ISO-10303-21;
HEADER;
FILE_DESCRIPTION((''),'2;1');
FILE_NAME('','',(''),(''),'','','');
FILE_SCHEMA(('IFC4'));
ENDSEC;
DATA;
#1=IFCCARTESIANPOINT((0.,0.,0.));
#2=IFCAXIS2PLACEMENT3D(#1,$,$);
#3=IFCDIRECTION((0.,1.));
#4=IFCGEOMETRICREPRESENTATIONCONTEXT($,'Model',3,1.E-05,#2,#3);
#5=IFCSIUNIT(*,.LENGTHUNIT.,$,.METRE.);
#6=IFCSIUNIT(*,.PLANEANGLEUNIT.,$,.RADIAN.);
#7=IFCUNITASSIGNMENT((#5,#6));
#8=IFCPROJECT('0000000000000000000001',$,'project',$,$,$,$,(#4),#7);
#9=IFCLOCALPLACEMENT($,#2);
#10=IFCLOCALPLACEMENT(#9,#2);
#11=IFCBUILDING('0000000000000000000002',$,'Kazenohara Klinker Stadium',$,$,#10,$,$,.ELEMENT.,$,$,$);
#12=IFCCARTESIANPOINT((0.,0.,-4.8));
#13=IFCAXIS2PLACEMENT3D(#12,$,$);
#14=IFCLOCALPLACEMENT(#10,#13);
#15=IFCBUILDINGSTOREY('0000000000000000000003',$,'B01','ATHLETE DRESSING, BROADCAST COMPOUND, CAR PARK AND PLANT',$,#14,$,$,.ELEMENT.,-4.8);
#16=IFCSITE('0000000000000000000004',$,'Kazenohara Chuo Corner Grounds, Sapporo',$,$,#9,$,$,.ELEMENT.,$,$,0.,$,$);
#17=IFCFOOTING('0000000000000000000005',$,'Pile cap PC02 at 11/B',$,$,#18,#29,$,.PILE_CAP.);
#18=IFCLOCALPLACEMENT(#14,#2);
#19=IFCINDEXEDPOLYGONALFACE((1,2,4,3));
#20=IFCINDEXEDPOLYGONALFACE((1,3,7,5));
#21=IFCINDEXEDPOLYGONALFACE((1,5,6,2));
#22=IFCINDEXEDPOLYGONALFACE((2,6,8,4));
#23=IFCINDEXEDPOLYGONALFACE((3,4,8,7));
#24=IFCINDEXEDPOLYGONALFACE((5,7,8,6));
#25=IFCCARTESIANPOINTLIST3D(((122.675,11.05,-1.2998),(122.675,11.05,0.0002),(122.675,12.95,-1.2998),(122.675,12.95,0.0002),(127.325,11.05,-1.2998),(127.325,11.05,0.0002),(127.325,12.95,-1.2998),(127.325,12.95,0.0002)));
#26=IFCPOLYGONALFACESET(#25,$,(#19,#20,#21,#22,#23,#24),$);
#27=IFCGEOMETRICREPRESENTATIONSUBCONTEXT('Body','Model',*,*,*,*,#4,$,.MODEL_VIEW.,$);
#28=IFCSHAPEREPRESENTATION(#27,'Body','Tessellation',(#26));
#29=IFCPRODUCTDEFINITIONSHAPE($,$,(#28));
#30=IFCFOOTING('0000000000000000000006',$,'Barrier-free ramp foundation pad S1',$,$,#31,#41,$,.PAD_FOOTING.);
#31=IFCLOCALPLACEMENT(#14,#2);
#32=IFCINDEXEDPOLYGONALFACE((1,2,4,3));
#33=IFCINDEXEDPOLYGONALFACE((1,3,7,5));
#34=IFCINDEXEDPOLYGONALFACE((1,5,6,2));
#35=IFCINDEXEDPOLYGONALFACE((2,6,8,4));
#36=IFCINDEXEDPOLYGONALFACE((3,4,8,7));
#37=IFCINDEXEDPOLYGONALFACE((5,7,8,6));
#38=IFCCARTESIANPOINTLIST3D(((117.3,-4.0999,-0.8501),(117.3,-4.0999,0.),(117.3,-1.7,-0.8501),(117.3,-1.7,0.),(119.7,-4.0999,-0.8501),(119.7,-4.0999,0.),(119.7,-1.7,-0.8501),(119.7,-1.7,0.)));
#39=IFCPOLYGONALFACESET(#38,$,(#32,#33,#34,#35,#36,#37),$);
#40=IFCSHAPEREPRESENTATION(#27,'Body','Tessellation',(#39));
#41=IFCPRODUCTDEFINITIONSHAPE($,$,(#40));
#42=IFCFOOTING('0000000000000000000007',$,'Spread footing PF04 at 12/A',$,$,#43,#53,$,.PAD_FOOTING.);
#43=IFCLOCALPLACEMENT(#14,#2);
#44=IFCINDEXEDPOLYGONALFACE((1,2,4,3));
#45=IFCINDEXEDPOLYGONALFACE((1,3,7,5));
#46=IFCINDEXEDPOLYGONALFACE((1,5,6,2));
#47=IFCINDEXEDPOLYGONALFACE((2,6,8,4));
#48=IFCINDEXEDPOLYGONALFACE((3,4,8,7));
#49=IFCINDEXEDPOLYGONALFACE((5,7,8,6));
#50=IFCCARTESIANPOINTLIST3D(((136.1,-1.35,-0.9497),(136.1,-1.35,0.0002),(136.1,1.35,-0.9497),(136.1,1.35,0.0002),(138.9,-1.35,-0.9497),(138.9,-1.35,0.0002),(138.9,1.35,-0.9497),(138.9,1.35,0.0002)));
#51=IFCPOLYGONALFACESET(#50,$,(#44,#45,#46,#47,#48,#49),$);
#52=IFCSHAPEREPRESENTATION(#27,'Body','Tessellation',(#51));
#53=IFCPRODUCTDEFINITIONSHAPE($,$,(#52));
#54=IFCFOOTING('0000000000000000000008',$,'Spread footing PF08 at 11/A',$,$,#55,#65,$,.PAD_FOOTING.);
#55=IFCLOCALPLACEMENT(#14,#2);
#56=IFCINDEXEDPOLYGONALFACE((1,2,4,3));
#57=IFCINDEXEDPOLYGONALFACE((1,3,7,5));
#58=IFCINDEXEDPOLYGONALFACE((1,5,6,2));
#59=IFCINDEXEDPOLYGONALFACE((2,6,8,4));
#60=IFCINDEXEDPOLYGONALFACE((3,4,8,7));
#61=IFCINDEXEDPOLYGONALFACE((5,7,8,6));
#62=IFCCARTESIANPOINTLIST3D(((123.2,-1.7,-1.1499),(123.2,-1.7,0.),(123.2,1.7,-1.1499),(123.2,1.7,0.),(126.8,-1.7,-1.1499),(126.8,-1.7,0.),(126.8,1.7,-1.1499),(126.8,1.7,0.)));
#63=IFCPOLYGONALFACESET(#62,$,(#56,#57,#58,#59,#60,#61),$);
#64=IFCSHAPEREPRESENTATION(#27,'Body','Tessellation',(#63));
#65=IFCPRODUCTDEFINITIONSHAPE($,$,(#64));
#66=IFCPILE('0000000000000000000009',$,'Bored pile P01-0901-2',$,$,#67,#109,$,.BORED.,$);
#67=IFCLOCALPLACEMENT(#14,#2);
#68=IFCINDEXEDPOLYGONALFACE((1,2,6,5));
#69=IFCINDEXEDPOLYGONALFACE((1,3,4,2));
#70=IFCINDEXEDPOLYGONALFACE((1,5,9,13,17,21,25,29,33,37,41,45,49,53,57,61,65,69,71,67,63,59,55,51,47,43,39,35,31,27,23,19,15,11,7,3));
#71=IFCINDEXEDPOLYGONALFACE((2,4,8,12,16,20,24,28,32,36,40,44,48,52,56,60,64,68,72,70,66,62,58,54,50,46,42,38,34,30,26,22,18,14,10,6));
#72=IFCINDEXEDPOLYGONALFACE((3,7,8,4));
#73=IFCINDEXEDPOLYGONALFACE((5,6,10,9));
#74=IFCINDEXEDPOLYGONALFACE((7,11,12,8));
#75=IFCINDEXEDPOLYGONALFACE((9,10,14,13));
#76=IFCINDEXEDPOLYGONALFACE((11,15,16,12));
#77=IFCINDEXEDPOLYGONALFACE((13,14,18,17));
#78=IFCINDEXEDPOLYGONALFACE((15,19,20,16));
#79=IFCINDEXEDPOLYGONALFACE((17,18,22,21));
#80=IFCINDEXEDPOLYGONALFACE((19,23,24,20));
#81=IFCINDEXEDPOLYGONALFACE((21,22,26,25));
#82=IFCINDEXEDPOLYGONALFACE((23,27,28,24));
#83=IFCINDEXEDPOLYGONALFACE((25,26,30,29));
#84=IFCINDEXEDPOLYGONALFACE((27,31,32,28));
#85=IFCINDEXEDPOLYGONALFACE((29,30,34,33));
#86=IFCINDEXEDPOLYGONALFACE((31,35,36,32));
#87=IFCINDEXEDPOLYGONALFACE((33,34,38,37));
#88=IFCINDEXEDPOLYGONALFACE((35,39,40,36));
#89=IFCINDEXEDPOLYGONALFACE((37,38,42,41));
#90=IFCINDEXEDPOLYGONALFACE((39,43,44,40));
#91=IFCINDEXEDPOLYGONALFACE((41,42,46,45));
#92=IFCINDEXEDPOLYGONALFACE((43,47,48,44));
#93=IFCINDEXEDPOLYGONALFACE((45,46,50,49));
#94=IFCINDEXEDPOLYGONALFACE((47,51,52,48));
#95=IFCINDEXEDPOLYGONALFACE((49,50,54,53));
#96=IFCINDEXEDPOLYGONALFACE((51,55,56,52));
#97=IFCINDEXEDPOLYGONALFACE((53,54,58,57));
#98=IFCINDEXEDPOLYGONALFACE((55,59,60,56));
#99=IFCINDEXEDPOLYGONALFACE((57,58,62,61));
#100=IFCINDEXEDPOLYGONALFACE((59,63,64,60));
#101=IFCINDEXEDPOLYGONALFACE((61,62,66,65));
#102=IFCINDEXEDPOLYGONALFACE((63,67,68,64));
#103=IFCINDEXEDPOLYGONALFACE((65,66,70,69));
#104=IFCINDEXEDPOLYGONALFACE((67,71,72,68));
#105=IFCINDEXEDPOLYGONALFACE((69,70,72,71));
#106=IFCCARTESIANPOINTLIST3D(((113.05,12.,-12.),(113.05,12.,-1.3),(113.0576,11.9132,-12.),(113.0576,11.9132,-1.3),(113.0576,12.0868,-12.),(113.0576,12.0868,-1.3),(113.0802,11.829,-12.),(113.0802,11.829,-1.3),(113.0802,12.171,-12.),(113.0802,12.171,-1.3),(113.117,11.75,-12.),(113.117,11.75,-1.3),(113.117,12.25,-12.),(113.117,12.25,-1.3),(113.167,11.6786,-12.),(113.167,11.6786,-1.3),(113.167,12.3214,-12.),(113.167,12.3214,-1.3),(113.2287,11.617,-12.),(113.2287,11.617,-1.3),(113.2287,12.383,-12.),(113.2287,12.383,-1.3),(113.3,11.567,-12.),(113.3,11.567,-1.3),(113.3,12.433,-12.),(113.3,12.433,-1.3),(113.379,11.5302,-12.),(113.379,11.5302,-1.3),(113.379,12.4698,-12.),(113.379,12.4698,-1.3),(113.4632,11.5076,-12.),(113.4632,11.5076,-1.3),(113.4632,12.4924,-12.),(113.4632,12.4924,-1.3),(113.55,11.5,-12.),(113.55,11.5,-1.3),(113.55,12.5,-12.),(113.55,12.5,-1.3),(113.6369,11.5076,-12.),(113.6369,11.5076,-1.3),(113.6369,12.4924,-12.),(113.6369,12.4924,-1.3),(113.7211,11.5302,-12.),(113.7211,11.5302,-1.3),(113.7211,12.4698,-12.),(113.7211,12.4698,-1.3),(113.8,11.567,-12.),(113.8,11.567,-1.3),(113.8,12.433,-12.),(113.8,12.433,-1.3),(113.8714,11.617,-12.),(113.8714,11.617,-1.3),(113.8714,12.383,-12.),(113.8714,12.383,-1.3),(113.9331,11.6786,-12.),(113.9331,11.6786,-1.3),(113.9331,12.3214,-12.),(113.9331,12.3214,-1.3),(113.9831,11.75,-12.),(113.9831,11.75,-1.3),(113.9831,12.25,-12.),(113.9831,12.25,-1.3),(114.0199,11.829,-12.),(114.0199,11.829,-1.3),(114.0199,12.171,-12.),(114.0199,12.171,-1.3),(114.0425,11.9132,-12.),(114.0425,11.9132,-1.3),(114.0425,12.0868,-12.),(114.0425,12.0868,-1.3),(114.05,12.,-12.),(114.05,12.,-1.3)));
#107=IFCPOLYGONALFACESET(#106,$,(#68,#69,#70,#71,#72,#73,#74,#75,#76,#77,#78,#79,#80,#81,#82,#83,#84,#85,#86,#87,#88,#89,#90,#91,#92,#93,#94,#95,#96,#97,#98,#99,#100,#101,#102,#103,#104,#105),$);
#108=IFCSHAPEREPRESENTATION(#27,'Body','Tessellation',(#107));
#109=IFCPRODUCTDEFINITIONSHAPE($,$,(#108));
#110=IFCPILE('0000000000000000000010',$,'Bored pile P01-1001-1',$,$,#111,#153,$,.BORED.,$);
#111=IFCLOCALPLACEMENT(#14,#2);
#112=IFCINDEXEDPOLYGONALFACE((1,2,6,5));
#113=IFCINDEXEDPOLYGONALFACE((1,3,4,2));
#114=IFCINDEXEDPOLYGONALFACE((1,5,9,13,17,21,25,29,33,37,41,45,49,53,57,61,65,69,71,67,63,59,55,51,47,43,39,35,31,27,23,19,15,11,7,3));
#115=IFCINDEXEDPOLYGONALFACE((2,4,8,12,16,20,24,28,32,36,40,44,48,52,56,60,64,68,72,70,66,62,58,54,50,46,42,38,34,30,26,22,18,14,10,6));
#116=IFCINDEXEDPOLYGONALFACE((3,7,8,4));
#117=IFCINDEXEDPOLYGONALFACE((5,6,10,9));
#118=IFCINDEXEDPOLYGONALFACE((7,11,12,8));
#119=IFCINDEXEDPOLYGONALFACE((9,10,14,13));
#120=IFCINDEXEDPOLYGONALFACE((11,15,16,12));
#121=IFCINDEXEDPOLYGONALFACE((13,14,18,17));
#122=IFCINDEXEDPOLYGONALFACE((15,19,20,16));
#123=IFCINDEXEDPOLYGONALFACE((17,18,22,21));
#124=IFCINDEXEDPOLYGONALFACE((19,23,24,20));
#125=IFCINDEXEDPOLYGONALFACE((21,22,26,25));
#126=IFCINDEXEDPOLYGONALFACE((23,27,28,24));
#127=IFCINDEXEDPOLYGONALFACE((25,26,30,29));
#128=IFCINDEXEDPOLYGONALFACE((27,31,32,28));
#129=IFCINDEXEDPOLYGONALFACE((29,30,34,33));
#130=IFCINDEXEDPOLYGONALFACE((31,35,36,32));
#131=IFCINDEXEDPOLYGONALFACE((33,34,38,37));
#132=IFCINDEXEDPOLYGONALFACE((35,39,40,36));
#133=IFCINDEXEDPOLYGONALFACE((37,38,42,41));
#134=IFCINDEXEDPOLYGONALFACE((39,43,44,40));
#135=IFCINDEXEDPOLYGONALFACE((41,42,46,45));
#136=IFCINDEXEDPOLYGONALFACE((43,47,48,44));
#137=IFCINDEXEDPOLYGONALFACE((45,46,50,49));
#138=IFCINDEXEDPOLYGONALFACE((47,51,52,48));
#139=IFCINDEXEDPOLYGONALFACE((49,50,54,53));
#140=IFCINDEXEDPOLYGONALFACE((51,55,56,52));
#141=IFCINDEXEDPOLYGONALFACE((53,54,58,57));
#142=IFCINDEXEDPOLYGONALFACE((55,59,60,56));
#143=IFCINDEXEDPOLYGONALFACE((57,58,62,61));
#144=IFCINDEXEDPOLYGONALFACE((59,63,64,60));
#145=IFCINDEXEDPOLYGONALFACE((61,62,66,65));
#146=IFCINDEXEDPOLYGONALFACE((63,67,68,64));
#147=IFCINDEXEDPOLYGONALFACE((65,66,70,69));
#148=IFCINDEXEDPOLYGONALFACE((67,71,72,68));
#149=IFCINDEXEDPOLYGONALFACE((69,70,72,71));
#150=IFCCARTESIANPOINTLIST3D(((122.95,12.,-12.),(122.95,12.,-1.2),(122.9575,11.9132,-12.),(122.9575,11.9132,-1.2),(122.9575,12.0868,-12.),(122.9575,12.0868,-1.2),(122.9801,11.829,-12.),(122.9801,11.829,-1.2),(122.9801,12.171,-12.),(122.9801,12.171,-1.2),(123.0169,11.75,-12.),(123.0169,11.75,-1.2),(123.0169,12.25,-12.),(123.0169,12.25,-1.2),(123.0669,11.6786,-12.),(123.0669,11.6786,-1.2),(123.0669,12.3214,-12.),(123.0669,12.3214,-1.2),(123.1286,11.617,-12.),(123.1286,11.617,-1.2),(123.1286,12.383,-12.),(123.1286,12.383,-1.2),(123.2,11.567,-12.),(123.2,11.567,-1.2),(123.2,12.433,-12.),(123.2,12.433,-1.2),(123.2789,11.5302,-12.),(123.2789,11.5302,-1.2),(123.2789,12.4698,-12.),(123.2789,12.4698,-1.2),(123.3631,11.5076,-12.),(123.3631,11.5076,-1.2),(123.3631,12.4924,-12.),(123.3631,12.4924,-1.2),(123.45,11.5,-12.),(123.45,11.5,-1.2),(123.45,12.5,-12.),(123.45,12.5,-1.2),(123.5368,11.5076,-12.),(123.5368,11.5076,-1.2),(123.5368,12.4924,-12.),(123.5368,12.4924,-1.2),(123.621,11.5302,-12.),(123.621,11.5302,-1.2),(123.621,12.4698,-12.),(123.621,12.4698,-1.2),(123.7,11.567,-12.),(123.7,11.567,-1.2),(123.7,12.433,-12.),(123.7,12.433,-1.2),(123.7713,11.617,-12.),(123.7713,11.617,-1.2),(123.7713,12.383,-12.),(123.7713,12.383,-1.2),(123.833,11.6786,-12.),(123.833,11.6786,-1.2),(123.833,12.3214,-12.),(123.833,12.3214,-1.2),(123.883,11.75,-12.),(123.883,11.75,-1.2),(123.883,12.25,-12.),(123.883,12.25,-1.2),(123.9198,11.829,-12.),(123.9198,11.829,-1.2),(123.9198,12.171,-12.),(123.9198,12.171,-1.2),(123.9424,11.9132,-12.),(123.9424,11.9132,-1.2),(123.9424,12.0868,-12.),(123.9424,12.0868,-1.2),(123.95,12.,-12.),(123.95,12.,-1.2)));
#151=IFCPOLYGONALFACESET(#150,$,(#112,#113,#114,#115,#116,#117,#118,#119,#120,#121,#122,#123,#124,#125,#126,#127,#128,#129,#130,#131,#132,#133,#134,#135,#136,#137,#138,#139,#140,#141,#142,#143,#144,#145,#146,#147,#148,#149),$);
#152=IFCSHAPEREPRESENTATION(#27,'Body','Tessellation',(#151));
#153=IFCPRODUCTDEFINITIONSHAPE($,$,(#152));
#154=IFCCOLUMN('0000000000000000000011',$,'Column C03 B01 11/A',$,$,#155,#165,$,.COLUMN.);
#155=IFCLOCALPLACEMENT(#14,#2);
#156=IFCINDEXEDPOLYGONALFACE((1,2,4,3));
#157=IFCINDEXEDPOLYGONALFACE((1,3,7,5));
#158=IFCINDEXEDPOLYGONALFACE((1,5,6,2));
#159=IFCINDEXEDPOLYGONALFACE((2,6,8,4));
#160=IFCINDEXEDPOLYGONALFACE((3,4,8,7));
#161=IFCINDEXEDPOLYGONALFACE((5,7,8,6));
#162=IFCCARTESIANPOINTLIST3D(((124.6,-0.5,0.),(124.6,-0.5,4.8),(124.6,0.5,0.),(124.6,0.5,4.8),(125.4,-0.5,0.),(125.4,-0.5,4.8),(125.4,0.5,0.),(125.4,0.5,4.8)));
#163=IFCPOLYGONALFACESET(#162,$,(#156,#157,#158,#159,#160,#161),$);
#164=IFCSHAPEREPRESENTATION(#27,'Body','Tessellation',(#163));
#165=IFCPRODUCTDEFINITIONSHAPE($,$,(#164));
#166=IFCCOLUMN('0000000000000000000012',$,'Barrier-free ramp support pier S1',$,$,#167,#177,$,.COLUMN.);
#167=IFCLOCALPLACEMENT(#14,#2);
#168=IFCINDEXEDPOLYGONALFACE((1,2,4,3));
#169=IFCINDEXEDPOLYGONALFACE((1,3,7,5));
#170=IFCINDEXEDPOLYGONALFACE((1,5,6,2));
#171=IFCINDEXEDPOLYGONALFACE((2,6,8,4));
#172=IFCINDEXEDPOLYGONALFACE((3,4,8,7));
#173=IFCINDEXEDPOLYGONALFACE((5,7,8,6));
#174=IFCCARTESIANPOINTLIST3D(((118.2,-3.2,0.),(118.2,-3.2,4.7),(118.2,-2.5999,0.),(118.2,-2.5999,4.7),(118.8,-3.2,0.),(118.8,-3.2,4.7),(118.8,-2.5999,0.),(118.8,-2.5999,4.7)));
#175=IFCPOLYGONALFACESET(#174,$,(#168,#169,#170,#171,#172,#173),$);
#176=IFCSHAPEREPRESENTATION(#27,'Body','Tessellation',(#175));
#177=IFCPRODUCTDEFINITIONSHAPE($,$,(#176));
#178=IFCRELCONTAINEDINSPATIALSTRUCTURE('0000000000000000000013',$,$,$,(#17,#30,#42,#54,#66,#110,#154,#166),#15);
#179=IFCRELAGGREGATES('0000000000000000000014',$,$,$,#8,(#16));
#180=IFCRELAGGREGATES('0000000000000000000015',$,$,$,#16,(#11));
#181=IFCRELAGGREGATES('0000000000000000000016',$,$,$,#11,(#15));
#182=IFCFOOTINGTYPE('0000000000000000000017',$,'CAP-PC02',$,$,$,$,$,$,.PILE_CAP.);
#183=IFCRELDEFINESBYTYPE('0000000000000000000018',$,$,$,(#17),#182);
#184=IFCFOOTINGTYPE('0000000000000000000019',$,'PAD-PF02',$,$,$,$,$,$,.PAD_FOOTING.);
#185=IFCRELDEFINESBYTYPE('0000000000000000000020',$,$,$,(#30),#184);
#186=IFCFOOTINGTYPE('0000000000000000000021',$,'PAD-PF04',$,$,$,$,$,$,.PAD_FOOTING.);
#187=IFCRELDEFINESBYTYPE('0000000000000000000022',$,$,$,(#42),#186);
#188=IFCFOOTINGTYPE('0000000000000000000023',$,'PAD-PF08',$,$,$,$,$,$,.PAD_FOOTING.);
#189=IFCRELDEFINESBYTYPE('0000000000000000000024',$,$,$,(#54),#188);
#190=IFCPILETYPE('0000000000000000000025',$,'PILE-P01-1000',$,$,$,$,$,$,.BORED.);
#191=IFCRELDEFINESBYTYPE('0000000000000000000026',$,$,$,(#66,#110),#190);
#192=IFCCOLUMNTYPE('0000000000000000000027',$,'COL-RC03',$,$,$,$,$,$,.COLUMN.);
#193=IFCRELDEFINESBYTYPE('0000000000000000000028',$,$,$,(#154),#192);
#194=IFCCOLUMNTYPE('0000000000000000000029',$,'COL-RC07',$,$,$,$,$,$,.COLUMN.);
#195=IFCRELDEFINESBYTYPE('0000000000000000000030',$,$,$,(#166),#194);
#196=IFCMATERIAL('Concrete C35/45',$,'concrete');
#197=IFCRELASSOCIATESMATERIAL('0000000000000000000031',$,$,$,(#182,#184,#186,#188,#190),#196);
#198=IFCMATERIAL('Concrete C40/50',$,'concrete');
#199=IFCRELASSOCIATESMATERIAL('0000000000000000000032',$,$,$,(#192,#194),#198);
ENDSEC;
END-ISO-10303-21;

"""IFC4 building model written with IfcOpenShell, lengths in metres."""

from ifc_helpers import new_model, si_unit, direction, frame, origin, origin_2d, place, context, subcontext, project, spatial, rectangle, circle, extrude, material, material_profile, profile_set, type_object, element, save


model = new_model("IFC4")

# Units and contexts
model_context = context("Model", 3, precision=1e-05, world=origin(), true_north=direction((0.0, 1.0)))
body_context = subcontext(model_context, "Body", "Model", "MODEL_VIEW")
ifc_project = project(units=[si_unit("LENGTHUNIT", "METRE"), si_unit("PLANEANGLEUNIT", "RADIAN")], contexts=[model_context])

# Site, building, storey
site_placement = place(None, origin())
site = spatial("IfcSite", under=ifc_project, at=site_placement, Name="Kazenohara Chuo Corner Grounds, Sapporo", CompositionType="ELEMENT", RefElevation=0.0)
building_placement = place(site_placement, origin())
building = spatial("IfcBuilding", under=site, at=building_placement, Name="Kazenohara Klinker Stadium", CompositionType="ELEMENT")
storey_placement = place(building_placement, frame((0.0, 0.0, -4.8)))
storey = spatial("IfcBuildingStorey", under=building, at=storey_placement, Name="B01", Description="ATHLETE DRESSING, BROADCAST COMPOUND, CAR PARK AND PLANT", CompositionType="ELEMENT", Elevation=-4.8)

# Footings
ifc_material_1 = material(Name="Concrete C35/45", Category="concrete")
footing_type_1 = type_object("IfcFootingType", Name="CAP-PC02", PredefinedType="PILE_CAP", material=ifc_material_1)
footing_1_placement = place(storey_placement, frame((125.0, 12.0, -1.2998), z_axis=(0.0, 0.0, 1.0), x_axis=(1.0, 0.0, 0.0)))
element("IfcFooting", 1, at=footing_1_placement, inside=storey, type_object=footing_type_1, Name="Pile cap PC02 at 11/B", PredefinedType="PILE_CAP", context=body_context, shape_type="SweptSolid", body=[
    extrude(rectangle(XDim=4.6499, YDim=1.8999, at=origin_2d()), origin(), (0.0, 0.0, 1.0), 1.3),
])
footing_type_2 = type_object("IfcFootingType", Name="PAD-PF02", PredefinedType="PAD_FOOTING", material=ifc_material_1)
footing_2_placement = place(storey_placement, frame((118.5, -2.8999, -0.8501), z_axis=(0.0, 0.0, 1.0), x_axis=(1.0, 0.0, 0.0)))
element("IfcFooting", 2, at=footing_2_placement, inside=storey, type_object=footing_type_2, Name="Barrier-free ramp foundation pad S1", PredefinedType="PAD_FOOTING", context=body_context, shape_type="SweptSolid", body=[
    extrude(rectangle(XDim=2.3999, YDim=2.3999, at=origin_2d()), origin(), (0.0, 0.0, 1.0), 0.8501),
])
footing_type_3 = type_object("IfcFootingType", Name="PAD-PF04", PredefinedType="PAD_FOOTING", material=ifc_material_1)
footing_3_placement = place(storey_placement, frame((137.5, 0.0, -0.9497), z_axis=(0.0, 0.0, 1.0), x_axis=(1.0, 0.0, 0.0)))
element("IfcFooting", 3, at=footing_3_placement, inside=storey, type_object=footing_type_3, Name="Spread footing PF04 at 12/A", PredefinedType="PAD_FOOTING", context=body_context, shape_type="SweptSolid", body=[
    extrude(rectangle(XDim=2.8, YDim=2.7, at=origin_2d()), origin(), (0.0, 0.0, 1.0), 0.95),
])
footing_type_4 = type_object("IfcFootingType", Name="PAD-PF08", PredefinedType="PAD_FOOTING", material=ifc_material_1)
footing_4_placement = place(storey_placement, frame((125.0, 0.0, -1.1499), z_axis=(0.0, 0.0, 1.0), x_axis=(1.0, 0.0, 0.0)))
element("IfcFooting", 4, at=footing_4_placement, inside=storey, type_object=footing_type_4, Name="Spread footing PF08 at 11/A", PredefinedType="PAD_FOOTING", context=body_context, shape_type="SweptSolid", body=[
    extrude(rectangle(XDim=3.6001, YDim=3.3999, at=origin_2d()), origin(), (0.0, 0.0, 1.0), 1.1499),
])

# Piles
ifc_material_profile_1 = material_profile(ifc_material_1, circle(Radius=0.5, at=origin_2d()), Name="BORED-PILE-1000")
ifc_profile_set_1 = profile_set([ifc_material_profile_1], Name="Concrete C35/45")
pile_type = type_object("IfcPileType", Name="PILE-P01-1000", PredefinedType="BORED", material=ifc_profile_set_1)
pile_1_placement = place(storey_placement, frame((113.55, 12.0, -1.3), z_axis=(0.0, 0.0, -1.0), x_axis=(1.0, 0.0, 0.0)))
element("IfcPile", 5, at=pile_1_placement, inside=storey, type_object=pile_type, Name="Bored pile P01-0901-2", PredefinedType="BORED", context=body_context, shape_type="SweptSolid", body=[
    extrude(circle(Radius=0.5, at=origin_2d()), origin(), (0.0, 0.0, 1.0), 10.7),
])
pile_2_placement = place(storey_placement, frame((123.45, 12.0, -1.2), z_axis=(0.0, 0.0, -1.0), x_axis=(1.0, 0.0, 0.0)))
element("IfcPile", 6, at=pile_2_placement, inside=storey, type_object=pile_type, Name="Bored pile P01-1001-1", PredefinedType="BORED", context=body_context, shape_type="SweptSolid", body=[
    extrude(circle(Radius=0.5, at=origin_2d()), origin(), (0.0, 0.0, 1.0), 10.8),
])

# Columns
ifc_material_2 = material(Name="Concrete C40/50", Category="concrete")
ifc_material_profile_2 = material_profile(ifc_material_2, rectangle(XDim=0.8, YDim=1.0, at=origin_2d()), Name="RC-COL-1000x800")
ifc_profile_set_2 = profile_set([ifc_material_profile_2], Name="Concrete C40/50")
column_type_1 = type_object("IfcColumnType", Name="COL-RC03", PredefinedType="COLUMN", material=ifc_profile_set_2)
column_1_placement = place(storey_placement, frame((125.0, 0.0, 0.0), z_axis=(0.0, 0.0, 1.0), x_axis=(1.0, 0.0, 0.0)))
element("IfcColumn", 7, at=column_1_placement, inside=storey, type_object=column_type_1, Name="Column C03 B01 11/A", PredefinedType="COLUMN", context=body_context, shape_type="SweptSolid", body=[
    extrude(rectangle(XDim=0.8, YDim=1.0, at=origin_2d()), origin(), (0.0, 0.0, 1.0), 4.8),
])
ifc_material_profile_3 = material_profile(ifc_material_2, rectangle(XDim=0.6001, YDim=0.6001, at=origin_2d()), Name="RC-COL-600x600")
ifc_profile_set_3 = profile_set([ifc_material_profile_3], Name="Concrete C40/50")
column_type_2 = type_object("IfcColumnType", Name="COL-RC07", PredefinedType="COLUMN", material=ifc_profile_set_3)
column_2_placement = place(storey_placement, frame((118.5, -2.8999, 0.0), z_axis=(0.0, 0.0, 1.0), x_axis=(1.0, 0.0, 0.0)))
element("IfcColumn", 8, at=column_2_placement, inside=storey, type_object=column_type_2, Name="Barrier-free ramp support pier S1", PredefinedType="COLUMN", context=body_context, shape_type="SweptSolid", body=[
    extrude(rectangle(XDim=0.6001, YDim=0.6001, at=origin_2d()), origin(), (0.0, 0.0, 1.0), 4.7),
])

save(model, "model.ifc")
